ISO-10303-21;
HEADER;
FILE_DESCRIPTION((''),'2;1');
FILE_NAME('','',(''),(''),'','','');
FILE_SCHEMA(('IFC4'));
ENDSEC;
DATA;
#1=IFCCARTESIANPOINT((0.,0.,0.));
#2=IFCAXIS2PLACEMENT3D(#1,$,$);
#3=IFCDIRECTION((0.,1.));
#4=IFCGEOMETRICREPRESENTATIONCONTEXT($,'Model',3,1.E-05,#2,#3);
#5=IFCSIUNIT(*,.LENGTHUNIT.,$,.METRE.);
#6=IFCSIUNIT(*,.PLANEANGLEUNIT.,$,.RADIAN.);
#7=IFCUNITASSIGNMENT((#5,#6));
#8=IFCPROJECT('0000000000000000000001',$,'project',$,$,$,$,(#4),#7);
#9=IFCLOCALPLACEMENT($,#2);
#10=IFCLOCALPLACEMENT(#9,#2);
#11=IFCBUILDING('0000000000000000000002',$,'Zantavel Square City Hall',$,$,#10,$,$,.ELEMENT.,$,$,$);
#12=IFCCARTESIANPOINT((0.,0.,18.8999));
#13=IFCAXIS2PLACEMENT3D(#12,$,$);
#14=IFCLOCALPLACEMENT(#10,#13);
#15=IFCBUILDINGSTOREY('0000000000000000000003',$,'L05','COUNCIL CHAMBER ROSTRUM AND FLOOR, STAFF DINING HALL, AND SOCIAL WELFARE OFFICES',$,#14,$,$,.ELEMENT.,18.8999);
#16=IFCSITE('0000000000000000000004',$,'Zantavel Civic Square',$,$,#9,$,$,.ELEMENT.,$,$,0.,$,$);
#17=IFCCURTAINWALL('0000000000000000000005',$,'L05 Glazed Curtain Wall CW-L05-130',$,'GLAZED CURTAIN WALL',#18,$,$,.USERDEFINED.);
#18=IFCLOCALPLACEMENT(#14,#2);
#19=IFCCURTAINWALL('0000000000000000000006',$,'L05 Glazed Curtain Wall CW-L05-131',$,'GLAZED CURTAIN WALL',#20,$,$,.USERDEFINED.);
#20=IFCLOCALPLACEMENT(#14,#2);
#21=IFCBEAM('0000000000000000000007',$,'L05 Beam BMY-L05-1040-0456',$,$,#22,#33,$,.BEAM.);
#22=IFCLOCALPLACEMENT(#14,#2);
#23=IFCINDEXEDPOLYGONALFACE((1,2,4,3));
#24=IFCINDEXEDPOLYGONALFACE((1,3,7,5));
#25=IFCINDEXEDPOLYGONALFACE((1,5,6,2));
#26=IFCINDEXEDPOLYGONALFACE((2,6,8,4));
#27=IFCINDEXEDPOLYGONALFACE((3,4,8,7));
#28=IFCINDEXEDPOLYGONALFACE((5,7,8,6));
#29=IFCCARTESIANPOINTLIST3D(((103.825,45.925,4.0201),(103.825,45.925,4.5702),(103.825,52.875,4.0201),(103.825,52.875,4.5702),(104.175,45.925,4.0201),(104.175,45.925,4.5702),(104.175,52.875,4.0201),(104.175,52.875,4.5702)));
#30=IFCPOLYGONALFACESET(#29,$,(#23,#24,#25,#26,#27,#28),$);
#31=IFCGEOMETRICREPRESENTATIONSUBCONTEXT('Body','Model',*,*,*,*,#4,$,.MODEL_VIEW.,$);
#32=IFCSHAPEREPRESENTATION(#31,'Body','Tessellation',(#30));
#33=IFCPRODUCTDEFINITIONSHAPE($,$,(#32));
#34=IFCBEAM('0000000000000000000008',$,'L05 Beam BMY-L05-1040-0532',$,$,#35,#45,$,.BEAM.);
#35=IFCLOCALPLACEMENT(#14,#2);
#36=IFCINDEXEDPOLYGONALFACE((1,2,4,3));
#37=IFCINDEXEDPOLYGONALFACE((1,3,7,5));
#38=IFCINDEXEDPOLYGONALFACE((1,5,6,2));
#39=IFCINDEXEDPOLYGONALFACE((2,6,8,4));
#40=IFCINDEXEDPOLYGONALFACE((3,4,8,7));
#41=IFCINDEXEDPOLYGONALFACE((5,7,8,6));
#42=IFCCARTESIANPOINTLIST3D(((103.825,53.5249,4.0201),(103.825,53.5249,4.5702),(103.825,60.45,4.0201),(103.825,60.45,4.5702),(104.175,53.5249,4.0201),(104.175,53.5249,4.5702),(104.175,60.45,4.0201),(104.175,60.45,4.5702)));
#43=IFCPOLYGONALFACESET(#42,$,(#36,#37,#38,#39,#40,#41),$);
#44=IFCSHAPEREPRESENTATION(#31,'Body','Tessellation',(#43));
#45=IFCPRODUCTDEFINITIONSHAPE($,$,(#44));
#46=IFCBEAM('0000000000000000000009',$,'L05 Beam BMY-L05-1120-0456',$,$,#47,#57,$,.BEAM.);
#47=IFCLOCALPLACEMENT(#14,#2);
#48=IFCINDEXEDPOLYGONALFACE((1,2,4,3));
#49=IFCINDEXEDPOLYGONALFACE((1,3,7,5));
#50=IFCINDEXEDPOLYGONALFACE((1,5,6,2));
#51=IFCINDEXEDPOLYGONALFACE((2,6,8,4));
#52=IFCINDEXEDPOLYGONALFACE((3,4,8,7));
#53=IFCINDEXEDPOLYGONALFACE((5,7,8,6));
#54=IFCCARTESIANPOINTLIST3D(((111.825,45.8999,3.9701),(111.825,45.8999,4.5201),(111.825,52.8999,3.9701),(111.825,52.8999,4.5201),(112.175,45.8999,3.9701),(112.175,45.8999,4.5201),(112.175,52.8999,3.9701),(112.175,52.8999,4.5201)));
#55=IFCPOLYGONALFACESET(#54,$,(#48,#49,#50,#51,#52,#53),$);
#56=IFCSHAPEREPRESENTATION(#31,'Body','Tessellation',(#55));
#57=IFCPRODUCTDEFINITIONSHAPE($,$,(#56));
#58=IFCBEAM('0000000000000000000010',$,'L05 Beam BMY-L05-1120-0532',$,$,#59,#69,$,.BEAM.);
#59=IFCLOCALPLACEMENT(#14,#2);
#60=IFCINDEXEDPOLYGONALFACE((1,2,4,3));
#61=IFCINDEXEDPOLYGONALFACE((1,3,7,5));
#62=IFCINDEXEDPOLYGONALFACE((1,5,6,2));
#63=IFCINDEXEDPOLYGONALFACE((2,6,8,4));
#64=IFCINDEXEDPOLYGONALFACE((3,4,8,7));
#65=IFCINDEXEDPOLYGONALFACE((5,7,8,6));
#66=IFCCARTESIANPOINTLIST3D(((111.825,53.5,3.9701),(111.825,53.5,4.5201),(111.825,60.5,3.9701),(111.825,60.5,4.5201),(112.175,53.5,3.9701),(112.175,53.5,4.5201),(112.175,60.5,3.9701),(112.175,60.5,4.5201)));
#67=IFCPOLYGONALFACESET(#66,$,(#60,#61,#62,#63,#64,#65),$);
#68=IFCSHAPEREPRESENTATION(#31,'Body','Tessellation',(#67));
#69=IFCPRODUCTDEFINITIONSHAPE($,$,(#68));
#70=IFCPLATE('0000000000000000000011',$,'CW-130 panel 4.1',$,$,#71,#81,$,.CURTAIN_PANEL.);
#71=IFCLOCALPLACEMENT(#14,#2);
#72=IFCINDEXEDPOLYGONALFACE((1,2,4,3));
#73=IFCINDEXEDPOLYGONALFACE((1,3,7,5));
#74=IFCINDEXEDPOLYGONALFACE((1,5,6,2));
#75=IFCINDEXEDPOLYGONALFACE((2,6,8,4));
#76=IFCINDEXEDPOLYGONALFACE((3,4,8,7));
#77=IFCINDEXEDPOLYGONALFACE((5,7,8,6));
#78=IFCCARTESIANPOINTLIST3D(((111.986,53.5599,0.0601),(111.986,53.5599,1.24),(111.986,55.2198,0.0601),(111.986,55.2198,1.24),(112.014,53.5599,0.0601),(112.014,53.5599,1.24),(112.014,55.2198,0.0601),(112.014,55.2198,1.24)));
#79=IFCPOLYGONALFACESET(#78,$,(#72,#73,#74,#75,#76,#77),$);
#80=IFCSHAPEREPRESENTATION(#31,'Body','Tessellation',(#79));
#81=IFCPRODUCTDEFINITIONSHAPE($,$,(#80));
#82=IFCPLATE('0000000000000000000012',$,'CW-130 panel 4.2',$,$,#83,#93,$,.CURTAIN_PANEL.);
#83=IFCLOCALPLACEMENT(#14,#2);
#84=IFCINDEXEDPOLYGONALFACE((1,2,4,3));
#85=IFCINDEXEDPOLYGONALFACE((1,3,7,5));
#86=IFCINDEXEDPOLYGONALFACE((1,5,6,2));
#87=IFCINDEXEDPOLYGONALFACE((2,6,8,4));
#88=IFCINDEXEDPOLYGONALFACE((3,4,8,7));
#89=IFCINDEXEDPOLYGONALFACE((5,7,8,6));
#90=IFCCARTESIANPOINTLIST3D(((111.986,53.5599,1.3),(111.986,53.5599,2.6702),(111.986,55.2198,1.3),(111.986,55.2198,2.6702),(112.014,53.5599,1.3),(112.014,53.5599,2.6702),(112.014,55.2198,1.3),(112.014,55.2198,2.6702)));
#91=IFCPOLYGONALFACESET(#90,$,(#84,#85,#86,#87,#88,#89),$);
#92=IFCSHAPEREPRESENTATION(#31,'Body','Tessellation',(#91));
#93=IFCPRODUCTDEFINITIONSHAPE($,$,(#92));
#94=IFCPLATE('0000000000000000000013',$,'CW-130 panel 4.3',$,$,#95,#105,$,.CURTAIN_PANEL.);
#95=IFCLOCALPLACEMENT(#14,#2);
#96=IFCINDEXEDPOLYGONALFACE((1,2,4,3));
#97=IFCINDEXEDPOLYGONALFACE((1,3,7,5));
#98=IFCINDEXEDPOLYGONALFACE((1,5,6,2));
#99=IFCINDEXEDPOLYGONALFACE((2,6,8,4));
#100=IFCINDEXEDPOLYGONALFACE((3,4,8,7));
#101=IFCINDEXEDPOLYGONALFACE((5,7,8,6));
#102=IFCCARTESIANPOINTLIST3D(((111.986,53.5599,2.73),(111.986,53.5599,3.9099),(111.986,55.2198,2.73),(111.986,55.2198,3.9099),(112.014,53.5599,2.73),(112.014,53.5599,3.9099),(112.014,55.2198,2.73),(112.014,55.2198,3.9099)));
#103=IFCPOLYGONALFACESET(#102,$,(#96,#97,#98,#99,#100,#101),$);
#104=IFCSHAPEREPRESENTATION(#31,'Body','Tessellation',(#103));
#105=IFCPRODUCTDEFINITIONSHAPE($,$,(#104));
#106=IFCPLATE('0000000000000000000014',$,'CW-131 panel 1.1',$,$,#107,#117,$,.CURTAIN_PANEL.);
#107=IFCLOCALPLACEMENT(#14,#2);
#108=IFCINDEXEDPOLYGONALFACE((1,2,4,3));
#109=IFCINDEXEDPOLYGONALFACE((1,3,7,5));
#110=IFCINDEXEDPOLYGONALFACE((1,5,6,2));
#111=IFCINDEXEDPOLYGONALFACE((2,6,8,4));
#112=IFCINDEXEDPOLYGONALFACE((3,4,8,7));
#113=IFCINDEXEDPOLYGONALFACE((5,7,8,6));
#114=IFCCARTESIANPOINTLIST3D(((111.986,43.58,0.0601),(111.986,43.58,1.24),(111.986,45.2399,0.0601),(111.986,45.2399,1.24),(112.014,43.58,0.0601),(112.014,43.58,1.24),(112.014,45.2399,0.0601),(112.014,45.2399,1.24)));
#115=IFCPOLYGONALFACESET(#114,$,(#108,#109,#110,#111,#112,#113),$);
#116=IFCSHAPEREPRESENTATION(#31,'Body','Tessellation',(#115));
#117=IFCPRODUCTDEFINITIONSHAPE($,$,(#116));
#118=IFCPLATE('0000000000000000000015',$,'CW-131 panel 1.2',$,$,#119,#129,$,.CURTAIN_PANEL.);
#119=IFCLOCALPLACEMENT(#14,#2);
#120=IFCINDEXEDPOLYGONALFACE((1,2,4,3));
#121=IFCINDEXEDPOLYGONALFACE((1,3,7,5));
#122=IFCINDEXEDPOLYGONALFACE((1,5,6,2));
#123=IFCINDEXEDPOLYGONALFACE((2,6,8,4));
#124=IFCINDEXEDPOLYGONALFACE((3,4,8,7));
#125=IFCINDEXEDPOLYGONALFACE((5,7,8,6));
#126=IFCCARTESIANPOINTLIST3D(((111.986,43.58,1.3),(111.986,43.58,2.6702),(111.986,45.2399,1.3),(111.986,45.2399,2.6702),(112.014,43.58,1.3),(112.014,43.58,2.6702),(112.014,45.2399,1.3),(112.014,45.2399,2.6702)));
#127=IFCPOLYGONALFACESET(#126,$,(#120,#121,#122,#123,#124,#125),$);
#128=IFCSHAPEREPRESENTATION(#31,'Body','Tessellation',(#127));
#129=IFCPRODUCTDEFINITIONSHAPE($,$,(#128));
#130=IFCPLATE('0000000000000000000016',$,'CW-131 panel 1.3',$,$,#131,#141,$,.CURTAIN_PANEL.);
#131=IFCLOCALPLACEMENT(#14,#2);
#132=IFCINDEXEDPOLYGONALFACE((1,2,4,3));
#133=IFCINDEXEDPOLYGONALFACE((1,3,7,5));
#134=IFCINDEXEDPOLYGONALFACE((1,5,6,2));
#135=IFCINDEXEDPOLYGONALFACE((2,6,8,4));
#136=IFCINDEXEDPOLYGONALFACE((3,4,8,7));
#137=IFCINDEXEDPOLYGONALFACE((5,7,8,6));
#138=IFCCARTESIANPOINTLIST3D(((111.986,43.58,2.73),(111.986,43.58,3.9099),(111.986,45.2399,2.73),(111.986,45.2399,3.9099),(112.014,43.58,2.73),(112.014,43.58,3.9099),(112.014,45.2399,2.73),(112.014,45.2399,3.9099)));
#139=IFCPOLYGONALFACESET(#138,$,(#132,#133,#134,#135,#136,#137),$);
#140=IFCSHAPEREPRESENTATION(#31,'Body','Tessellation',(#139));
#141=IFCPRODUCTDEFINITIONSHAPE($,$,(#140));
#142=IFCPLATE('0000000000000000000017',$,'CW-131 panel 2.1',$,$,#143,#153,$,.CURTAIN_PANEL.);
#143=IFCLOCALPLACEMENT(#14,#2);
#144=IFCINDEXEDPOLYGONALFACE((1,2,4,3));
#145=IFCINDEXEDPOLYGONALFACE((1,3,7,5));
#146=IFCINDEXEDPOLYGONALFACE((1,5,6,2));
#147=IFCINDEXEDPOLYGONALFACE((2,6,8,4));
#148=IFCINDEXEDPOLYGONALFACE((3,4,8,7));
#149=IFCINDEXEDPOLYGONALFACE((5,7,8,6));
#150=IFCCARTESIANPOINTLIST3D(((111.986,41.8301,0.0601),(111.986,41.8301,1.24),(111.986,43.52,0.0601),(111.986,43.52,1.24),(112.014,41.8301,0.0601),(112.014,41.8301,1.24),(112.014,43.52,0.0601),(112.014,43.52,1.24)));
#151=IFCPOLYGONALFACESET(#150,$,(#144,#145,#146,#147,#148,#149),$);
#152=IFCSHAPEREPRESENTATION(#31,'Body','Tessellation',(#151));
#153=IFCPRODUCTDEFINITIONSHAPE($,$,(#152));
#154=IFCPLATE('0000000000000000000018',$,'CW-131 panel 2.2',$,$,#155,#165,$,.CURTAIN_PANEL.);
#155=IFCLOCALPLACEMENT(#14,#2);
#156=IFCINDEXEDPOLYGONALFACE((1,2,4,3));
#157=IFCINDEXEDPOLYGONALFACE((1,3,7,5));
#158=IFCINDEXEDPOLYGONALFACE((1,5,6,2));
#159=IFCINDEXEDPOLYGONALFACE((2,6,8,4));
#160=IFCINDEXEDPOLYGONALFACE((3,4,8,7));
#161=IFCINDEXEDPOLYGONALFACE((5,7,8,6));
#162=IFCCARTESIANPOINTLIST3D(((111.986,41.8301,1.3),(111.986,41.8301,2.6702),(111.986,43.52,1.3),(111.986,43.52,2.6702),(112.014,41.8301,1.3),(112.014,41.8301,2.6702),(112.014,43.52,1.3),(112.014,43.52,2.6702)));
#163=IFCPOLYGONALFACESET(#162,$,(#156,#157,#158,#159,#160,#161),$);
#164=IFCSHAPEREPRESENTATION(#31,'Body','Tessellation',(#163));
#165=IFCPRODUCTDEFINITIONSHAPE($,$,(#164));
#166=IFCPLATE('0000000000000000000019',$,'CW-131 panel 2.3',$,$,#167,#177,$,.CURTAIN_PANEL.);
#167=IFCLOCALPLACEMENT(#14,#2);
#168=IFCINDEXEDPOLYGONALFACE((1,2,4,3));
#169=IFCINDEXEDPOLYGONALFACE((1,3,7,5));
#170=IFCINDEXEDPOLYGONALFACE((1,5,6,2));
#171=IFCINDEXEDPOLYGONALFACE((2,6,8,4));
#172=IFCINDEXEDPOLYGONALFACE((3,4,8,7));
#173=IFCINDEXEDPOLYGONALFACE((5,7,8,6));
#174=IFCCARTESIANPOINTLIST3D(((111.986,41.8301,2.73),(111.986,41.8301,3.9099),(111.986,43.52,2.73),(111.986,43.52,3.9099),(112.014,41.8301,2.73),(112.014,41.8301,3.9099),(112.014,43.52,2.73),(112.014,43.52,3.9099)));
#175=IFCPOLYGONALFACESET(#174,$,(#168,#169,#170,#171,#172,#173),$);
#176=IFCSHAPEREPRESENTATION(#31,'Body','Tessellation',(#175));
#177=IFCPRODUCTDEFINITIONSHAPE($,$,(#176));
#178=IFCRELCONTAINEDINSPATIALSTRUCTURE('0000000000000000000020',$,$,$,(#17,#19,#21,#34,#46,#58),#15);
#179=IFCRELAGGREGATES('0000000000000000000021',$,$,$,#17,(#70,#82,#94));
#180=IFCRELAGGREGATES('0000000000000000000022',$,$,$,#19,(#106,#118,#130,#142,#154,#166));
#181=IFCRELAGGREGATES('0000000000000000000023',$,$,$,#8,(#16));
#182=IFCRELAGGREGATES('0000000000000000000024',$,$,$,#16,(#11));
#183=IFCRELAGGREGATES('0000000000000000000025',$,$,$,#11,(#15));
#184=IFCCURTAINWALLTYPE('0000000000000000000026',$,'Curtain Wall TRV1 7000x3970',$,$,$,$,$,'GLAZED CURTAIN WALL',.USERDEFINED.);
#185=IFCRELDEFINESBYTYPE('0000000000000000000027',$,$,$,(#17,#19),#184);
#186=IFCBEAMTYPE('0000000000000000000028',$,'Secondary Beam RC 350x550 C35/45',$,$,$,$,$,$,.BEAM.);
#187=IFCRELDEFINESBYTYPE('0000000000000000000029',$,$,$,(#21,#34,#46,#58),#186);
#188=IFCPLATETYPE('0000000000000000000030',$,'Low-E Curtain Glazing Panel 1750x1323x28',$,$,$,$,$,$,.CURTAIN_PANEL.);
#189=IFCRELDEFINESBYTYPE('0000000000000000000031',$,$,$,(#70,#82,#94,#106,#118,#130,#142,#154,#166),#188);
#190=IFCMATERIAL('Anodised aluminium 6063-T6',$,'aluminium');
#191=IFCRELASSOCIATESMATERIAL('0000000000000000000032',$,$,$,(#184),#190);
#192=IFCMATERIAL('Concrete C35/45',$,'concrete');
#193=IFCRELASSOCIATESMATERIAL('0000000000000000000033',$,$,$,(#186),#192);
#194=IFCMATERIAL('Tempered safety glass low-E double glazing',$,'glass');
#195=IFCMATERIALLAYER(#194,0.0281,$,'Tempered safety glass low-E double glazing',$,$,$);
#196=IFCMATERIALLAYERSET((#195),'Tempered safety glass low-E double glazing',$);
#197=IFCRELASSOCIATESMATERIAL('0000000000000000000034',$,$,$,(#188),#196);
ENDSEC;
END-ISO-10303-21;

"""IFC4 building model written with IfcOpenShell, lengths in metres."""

from ifc_helpers import new_model, si_unit, direction, frame, origin, origin_2d, place, context, subcontext, project, spatial, rectangle, extrude, material, layer, layer_set, material_profile, profile_set, type_object, element, aggregate, save


model = new_model("IFC4")

# Units and contexts
model_context = context("Model", 3, precision=1e-05, world=origin(), true_north=direction((0.0, 1.0)))
body_context = subcontext(model_context, "Body", "Model", "MODEL_VIEW")
ifc_project = project(units=[si_unit("LENGTHUNIT", "METRE"), si_unit("PLANEANGLEUNIT", "RADIAN")], contexts=[model_context])

# Site, building, storey
site_placement = place(None, origin())
site = spatial("IfcSite", under=ifc_project, at=site_placement, Name="Zantavel Civic Square", CompositionType="ELEMENT", RefElevation=0.0)
building_placement = place(site_placement, origin())
building = spatial("IfcBuilding", under=site, at=building_placement, Name="Zantavel Square City Hall", CompositionType="ELEMENT")
storey_placement = place(building_placement, frame((0.0, 0.0, 18.8999)))
storey = spatial("IfcBuildingStorey", under=building, at=storey_placement, Name="L05", Description="COUNCIL CHAMBER ROSTRUM AND FLOOR, STAFF DINING HALL, AND SOCIAL WELFARE OFFICES", CompositionType="ELEMENT", Elevation=18.8999)

# Curtain walls
ifc_material_1 = material(Name="Anodised aluminium 6063-T6", Category="aluminium")
curtain_wall_type = type_object("IfcCurtainWallType", Name="Curtain Wall TRV1 7000x3970", ElementType="GLAZED CURTAIN WALL", PredefinedType="USERDEFINED", material=ifc_material_1)
curtain_wall_1_placement = place(storey_placement, origin())
curtain_wall_1 = element("IfcCurtainWall", 1, at=curtain_wall_1_placement, inside=storey, type_object=curtain_wall_type, Name="L05 Glazed Curtain Wall CW-L05-130", ObjectType="GLAZED CURTAIN WALL", PredefinedType="USERDEFINED")
curtain_wall_2_placement = place(storey_placement, origin())
curtain_wall_2 = element("IfcCurtainWall", 2, at=curtain_wall_2_placement, inside=storey, type_object=curtain_wall_type, Name="L05 Glazed Curtain Wall CW-L05-131", ObjectType="GLAZED CURTAIN WALL", PredefinedType="USERDEFINED")

# Beams
ifc_material_2 = material(Name="Concrete C35/45", Category="concrete")
ifc_material_profile_1 = material_profile(ifc_material_2, rectangle(XDim=0.3501, YDim=0.55, at=origin_2d()), Name="RC 350x550")
ifc_profile_set_1 = profile_set([ifc_material_profile_1], Name="Concrete C35/45")
beam_type_1 = type_object("IfcBeamType", Name="Secondary Beam RC 350x550 C35/45", PredefinedType="BEAM", material=ifc_profile_set_1)
beam_1_placement = place(storey_placement, frame((104.0, 45.925, 4.2952), z_axis=(0.0, 1.0, 0.0), x_axis=(-1.0, 0.0, 0.0)))
element("IfcBeam", 3, at=beam_1_placement, inside=storey, type_object=beam_type_1, Name="L05 Beam BMY-L05-1040-0456", PredefinedType="BEAM", context=body_context, shape_type="SweptSolid", body=[
    extrude(rectangle(XDim=0.3501, YDim=0.55, at=origin_2d()), origin(), (0.0, 0.0, 1.0), 6.95),
])
beam_2_placement = place(storey_placement, frame((104.0, 53.5249, 4.2952), z_axis=(0.0, 1.0, 0.0), x_axis=(-1.0, 0.0, 0.0)))
element("IfcBeam", 4, at=beam_2_placement, inside=storey, type_object=beam_type_1, Name="L05 Beam BMY-L05-1040-0532", PredefinedType="BEAM", context=body_context, shape_type="SweptSolid", body=[
    extrude(rectangle(XDim=0.3501, YDim=0.55, at=origin_2d()), origin(), (0.0, 0.0, 1.0), 6.925),
])
for number, where, z_axis, x_axis, name in (
    (5, (112.0, 45.8999, 4.2451), (0.0, 1.0, 0.0), (-1.0, 0.0, 0.0), "L05 Beam BMY-L05-1120-0456"),
    (6, (112.0, 53.5, 4.2451), (0.0, 1.0, 0.0), (-1.0, 0.0, 0.0), "L05 Beam BMY-L05-1120-0532"),
):
    element("IfcBeam", number, at=place(storey_placement, frame(where, z_axis=z_axis, x_axis=x_axis)), inside=storey, type_object=beam_type_1, Name=name, PredefinedType="BEAM", context=body_context, shape_type="SweptSolid", body=[
        extrude(rectangle(XDim=0.3501, YDim=0.55, at=origin_2d()), origin(), (0.0, 0.0, 1.0), 7.0),
    ])

# Plates
ifc_material_3 = material(Name="Tempered safety glass low-E double glazing", Category="glass")
ifc_layer_1 = layer(ifc_material_3, 0.0281, Name="Tempered safety glass low-E double glazing")
ifc_layer_set_1 = layer_set([ifc_layer_1], Name="Tempered safety glass low-E double glazing")
plate_type = type_object("IfcPlateType", Name="Low-E Curtain Glazing Panel 1750x1323x28", PredefinedType="CURTAIN_PANEL", material=ifc_layer_set_1)
plate_1_placement = place(storey_placement, frame((112.0, 54.3899, 0.0601), z_axis=(0.0, 0.0, 1.0), x_axis=(0.0, -1.0, 0.0)))
plate_1 = element("IfcPlate", 7, at=plate_1_placement, type_object=plate_type, Name="CW-130 panel 4.1", PredefinedType="CURTAIN_PANEL", context=body_context, shape_type="SweptSolid", body=[
    extrude(rectangle(XDim=1.6599, YDim=0.0281, at=origin_2d()), origin(), (0.0, 0.0, 1.0), 1.1799),
])
plate_2_placement = place(storey_placement, frame((112.0, 54.3899, 1.3), z_axis=(0.0, 0.0, 1.0), x_axis=(0.0, -1.0, 0.0)))
plate_2 = element("IfcPlate", 8, at=plate_2_placement, type_object=plate_type, Name="CW-130 panel 4.2", PredefinedType="CURTAIN_PANEL", context=body_context, shape_type="SweptSolid", body=[
    extrude(rectangle(XDim=1.6599, YDim=0.0281, at=origin_2d()), origin(), (0.0, 0.0, 1.0), 1.3701),
])
plate_3_placement = place(storey_placement, frame((112.0, 54.3899, 2.73), z_axis=(0.0, 0.0, 1.0), x_axis=(0.0, -1.0, 0.0)))
plate_3 = element("IfcPlate", 9, at=plate_3_placement, type_object=plate_type, Name="CW-130 panel 4.3", PredefinedType="CURTAIN_PANEL", context=body_context, shape_type="SweptSolid", body=[
    extrude(rectangle(XDim=1.6599, YDim=0.0281, at=origin_2d()), origin(), (0.0, 0.0, 1.0), 1.1799),
])
aggregate(curtain_wall_1, [plate_1, plate_2, plate_3])
plate_4_placement = place(storey_placement, frame((112.0, 44.4099, 0.0601), z_axis=(0.0, 0.0, 1.0), x_axis=(0.0, -1.0, 0.0)))
plate_4 = element("IfcPlate", 10, at=plate_4_placement, type_object=plate_type, Name="CW-131 panel 1.1", PredefinedType="CURTAIN_PANEL", context=body_context, shape_type="SweptSolid", body=[
    extrude(rectangle(XDim=1.6599, YDim=0.0281, at=origin_2d()), origin(), (0.0, 0.0, 1.0), 1.1799),
])
plate_5_placement = place(storey_placement, frame((112.0, 44.4099, 1.3), z_axis=(0.0, 0.0, 1.0), x_axis=(0.0, -1.0, 0.0)))
plate_5 = element("IfcPlate", 11, at=plate_5_placement, type_object=plate_type, Name="CW-131 panel 1.2", PredefinedType="CURTAIN_PANEL", context=body_context, shape_type="SweptSolid", body=[
    extrude(rectangle(XDim=1.6599, YDim=0.0281, at=origin_2d()), origin(), (0.0, 0.0, 1.0), 1.3701),
])
plate_6_placement = place(storey_placement, frame((112.0, 44.4099, 2.73), z_axis=(0.0, 0.0, 1.0), x_axis=(0.0, -1.0, 0.0)))
plate_6 = element("IfcPlate", 12, at=plate_6_placement, type_object=plate_type, Name="CW-131 panel 1.3", PredefinedType="CURTAIN_PANEL", context=body_context, shape_type="SweptSolid", body=[
    extrude(rectangle(XDim=1.6599, YDim=0.0281, at=origin_2d()), origin(), (0.0, 0.0, 1.0), 1.1799),
])
plate_7_placement = place(storey_placement, frame((112.0, 42.675, 0.0601), z_axis=(0.0, 0.0, 1.0), x_axis=(0.0, -1.0, 0.0)))
plate_7 = element("IfcPlate", 13, at=plate_7_placement, type_object=plate_type, Name="CW-131 panel 2.1", PredefinedType="CURTAIN_PANEL", context=body_context, shape_type="SweptSolid", body=[
    extrude(rectangle(XDim=1.6899, YDim=0.0281, at=origin_2d()), origin(), (0.0, 0.0, 1.0), 1.1799),
])
plate_8_placement = place(storey_placement, frame((112.0, 42.675, 1.3), z_axis=(0.0, 0.0, 1.0), x_axis=(0.0, -1.0, 0.0)))
plate_8 = element("IfcPlate", 14, at=plate_8_placement, type_object=plate_type, Name="CW-131 panel 2.2", PredefinedType="CURTAIN_PANEL", context=body_context, shape_type="SweptSolid", body=[
    extrude(rectangle(XDim=1.6899, YDim=0.0281, at=origin_2d()), origin(), (0.0, 0.0, 1.0), 1.3701),
])
plate_9_placement = place(storey_placement, frame((112.0, 42.675, 2.73), z_axis=(0.0, 0.0, 1.0), x_axis=(0.0, -1.0, 0.0)))
plate_9 = element("IfcPlate", 15, at=plate_9_placement, type_object=plate_type, Name="CW-131 panel 2.3", PredefinedType="CURTAIN_PANEL", context=body_context, shape_type="SweptSolid", body=[
    extrude(rectangle(XDim=1.6899, YDim=0.0281, at=origin_2d()), origin(), (0.0, 0.0, 1.0), 1.1799),
])
aggregate(curtain_wall_2, [plate_4, plate_5, plate_6, plate_7, plate_8, plate_9])

save(model, "model.ifc")
